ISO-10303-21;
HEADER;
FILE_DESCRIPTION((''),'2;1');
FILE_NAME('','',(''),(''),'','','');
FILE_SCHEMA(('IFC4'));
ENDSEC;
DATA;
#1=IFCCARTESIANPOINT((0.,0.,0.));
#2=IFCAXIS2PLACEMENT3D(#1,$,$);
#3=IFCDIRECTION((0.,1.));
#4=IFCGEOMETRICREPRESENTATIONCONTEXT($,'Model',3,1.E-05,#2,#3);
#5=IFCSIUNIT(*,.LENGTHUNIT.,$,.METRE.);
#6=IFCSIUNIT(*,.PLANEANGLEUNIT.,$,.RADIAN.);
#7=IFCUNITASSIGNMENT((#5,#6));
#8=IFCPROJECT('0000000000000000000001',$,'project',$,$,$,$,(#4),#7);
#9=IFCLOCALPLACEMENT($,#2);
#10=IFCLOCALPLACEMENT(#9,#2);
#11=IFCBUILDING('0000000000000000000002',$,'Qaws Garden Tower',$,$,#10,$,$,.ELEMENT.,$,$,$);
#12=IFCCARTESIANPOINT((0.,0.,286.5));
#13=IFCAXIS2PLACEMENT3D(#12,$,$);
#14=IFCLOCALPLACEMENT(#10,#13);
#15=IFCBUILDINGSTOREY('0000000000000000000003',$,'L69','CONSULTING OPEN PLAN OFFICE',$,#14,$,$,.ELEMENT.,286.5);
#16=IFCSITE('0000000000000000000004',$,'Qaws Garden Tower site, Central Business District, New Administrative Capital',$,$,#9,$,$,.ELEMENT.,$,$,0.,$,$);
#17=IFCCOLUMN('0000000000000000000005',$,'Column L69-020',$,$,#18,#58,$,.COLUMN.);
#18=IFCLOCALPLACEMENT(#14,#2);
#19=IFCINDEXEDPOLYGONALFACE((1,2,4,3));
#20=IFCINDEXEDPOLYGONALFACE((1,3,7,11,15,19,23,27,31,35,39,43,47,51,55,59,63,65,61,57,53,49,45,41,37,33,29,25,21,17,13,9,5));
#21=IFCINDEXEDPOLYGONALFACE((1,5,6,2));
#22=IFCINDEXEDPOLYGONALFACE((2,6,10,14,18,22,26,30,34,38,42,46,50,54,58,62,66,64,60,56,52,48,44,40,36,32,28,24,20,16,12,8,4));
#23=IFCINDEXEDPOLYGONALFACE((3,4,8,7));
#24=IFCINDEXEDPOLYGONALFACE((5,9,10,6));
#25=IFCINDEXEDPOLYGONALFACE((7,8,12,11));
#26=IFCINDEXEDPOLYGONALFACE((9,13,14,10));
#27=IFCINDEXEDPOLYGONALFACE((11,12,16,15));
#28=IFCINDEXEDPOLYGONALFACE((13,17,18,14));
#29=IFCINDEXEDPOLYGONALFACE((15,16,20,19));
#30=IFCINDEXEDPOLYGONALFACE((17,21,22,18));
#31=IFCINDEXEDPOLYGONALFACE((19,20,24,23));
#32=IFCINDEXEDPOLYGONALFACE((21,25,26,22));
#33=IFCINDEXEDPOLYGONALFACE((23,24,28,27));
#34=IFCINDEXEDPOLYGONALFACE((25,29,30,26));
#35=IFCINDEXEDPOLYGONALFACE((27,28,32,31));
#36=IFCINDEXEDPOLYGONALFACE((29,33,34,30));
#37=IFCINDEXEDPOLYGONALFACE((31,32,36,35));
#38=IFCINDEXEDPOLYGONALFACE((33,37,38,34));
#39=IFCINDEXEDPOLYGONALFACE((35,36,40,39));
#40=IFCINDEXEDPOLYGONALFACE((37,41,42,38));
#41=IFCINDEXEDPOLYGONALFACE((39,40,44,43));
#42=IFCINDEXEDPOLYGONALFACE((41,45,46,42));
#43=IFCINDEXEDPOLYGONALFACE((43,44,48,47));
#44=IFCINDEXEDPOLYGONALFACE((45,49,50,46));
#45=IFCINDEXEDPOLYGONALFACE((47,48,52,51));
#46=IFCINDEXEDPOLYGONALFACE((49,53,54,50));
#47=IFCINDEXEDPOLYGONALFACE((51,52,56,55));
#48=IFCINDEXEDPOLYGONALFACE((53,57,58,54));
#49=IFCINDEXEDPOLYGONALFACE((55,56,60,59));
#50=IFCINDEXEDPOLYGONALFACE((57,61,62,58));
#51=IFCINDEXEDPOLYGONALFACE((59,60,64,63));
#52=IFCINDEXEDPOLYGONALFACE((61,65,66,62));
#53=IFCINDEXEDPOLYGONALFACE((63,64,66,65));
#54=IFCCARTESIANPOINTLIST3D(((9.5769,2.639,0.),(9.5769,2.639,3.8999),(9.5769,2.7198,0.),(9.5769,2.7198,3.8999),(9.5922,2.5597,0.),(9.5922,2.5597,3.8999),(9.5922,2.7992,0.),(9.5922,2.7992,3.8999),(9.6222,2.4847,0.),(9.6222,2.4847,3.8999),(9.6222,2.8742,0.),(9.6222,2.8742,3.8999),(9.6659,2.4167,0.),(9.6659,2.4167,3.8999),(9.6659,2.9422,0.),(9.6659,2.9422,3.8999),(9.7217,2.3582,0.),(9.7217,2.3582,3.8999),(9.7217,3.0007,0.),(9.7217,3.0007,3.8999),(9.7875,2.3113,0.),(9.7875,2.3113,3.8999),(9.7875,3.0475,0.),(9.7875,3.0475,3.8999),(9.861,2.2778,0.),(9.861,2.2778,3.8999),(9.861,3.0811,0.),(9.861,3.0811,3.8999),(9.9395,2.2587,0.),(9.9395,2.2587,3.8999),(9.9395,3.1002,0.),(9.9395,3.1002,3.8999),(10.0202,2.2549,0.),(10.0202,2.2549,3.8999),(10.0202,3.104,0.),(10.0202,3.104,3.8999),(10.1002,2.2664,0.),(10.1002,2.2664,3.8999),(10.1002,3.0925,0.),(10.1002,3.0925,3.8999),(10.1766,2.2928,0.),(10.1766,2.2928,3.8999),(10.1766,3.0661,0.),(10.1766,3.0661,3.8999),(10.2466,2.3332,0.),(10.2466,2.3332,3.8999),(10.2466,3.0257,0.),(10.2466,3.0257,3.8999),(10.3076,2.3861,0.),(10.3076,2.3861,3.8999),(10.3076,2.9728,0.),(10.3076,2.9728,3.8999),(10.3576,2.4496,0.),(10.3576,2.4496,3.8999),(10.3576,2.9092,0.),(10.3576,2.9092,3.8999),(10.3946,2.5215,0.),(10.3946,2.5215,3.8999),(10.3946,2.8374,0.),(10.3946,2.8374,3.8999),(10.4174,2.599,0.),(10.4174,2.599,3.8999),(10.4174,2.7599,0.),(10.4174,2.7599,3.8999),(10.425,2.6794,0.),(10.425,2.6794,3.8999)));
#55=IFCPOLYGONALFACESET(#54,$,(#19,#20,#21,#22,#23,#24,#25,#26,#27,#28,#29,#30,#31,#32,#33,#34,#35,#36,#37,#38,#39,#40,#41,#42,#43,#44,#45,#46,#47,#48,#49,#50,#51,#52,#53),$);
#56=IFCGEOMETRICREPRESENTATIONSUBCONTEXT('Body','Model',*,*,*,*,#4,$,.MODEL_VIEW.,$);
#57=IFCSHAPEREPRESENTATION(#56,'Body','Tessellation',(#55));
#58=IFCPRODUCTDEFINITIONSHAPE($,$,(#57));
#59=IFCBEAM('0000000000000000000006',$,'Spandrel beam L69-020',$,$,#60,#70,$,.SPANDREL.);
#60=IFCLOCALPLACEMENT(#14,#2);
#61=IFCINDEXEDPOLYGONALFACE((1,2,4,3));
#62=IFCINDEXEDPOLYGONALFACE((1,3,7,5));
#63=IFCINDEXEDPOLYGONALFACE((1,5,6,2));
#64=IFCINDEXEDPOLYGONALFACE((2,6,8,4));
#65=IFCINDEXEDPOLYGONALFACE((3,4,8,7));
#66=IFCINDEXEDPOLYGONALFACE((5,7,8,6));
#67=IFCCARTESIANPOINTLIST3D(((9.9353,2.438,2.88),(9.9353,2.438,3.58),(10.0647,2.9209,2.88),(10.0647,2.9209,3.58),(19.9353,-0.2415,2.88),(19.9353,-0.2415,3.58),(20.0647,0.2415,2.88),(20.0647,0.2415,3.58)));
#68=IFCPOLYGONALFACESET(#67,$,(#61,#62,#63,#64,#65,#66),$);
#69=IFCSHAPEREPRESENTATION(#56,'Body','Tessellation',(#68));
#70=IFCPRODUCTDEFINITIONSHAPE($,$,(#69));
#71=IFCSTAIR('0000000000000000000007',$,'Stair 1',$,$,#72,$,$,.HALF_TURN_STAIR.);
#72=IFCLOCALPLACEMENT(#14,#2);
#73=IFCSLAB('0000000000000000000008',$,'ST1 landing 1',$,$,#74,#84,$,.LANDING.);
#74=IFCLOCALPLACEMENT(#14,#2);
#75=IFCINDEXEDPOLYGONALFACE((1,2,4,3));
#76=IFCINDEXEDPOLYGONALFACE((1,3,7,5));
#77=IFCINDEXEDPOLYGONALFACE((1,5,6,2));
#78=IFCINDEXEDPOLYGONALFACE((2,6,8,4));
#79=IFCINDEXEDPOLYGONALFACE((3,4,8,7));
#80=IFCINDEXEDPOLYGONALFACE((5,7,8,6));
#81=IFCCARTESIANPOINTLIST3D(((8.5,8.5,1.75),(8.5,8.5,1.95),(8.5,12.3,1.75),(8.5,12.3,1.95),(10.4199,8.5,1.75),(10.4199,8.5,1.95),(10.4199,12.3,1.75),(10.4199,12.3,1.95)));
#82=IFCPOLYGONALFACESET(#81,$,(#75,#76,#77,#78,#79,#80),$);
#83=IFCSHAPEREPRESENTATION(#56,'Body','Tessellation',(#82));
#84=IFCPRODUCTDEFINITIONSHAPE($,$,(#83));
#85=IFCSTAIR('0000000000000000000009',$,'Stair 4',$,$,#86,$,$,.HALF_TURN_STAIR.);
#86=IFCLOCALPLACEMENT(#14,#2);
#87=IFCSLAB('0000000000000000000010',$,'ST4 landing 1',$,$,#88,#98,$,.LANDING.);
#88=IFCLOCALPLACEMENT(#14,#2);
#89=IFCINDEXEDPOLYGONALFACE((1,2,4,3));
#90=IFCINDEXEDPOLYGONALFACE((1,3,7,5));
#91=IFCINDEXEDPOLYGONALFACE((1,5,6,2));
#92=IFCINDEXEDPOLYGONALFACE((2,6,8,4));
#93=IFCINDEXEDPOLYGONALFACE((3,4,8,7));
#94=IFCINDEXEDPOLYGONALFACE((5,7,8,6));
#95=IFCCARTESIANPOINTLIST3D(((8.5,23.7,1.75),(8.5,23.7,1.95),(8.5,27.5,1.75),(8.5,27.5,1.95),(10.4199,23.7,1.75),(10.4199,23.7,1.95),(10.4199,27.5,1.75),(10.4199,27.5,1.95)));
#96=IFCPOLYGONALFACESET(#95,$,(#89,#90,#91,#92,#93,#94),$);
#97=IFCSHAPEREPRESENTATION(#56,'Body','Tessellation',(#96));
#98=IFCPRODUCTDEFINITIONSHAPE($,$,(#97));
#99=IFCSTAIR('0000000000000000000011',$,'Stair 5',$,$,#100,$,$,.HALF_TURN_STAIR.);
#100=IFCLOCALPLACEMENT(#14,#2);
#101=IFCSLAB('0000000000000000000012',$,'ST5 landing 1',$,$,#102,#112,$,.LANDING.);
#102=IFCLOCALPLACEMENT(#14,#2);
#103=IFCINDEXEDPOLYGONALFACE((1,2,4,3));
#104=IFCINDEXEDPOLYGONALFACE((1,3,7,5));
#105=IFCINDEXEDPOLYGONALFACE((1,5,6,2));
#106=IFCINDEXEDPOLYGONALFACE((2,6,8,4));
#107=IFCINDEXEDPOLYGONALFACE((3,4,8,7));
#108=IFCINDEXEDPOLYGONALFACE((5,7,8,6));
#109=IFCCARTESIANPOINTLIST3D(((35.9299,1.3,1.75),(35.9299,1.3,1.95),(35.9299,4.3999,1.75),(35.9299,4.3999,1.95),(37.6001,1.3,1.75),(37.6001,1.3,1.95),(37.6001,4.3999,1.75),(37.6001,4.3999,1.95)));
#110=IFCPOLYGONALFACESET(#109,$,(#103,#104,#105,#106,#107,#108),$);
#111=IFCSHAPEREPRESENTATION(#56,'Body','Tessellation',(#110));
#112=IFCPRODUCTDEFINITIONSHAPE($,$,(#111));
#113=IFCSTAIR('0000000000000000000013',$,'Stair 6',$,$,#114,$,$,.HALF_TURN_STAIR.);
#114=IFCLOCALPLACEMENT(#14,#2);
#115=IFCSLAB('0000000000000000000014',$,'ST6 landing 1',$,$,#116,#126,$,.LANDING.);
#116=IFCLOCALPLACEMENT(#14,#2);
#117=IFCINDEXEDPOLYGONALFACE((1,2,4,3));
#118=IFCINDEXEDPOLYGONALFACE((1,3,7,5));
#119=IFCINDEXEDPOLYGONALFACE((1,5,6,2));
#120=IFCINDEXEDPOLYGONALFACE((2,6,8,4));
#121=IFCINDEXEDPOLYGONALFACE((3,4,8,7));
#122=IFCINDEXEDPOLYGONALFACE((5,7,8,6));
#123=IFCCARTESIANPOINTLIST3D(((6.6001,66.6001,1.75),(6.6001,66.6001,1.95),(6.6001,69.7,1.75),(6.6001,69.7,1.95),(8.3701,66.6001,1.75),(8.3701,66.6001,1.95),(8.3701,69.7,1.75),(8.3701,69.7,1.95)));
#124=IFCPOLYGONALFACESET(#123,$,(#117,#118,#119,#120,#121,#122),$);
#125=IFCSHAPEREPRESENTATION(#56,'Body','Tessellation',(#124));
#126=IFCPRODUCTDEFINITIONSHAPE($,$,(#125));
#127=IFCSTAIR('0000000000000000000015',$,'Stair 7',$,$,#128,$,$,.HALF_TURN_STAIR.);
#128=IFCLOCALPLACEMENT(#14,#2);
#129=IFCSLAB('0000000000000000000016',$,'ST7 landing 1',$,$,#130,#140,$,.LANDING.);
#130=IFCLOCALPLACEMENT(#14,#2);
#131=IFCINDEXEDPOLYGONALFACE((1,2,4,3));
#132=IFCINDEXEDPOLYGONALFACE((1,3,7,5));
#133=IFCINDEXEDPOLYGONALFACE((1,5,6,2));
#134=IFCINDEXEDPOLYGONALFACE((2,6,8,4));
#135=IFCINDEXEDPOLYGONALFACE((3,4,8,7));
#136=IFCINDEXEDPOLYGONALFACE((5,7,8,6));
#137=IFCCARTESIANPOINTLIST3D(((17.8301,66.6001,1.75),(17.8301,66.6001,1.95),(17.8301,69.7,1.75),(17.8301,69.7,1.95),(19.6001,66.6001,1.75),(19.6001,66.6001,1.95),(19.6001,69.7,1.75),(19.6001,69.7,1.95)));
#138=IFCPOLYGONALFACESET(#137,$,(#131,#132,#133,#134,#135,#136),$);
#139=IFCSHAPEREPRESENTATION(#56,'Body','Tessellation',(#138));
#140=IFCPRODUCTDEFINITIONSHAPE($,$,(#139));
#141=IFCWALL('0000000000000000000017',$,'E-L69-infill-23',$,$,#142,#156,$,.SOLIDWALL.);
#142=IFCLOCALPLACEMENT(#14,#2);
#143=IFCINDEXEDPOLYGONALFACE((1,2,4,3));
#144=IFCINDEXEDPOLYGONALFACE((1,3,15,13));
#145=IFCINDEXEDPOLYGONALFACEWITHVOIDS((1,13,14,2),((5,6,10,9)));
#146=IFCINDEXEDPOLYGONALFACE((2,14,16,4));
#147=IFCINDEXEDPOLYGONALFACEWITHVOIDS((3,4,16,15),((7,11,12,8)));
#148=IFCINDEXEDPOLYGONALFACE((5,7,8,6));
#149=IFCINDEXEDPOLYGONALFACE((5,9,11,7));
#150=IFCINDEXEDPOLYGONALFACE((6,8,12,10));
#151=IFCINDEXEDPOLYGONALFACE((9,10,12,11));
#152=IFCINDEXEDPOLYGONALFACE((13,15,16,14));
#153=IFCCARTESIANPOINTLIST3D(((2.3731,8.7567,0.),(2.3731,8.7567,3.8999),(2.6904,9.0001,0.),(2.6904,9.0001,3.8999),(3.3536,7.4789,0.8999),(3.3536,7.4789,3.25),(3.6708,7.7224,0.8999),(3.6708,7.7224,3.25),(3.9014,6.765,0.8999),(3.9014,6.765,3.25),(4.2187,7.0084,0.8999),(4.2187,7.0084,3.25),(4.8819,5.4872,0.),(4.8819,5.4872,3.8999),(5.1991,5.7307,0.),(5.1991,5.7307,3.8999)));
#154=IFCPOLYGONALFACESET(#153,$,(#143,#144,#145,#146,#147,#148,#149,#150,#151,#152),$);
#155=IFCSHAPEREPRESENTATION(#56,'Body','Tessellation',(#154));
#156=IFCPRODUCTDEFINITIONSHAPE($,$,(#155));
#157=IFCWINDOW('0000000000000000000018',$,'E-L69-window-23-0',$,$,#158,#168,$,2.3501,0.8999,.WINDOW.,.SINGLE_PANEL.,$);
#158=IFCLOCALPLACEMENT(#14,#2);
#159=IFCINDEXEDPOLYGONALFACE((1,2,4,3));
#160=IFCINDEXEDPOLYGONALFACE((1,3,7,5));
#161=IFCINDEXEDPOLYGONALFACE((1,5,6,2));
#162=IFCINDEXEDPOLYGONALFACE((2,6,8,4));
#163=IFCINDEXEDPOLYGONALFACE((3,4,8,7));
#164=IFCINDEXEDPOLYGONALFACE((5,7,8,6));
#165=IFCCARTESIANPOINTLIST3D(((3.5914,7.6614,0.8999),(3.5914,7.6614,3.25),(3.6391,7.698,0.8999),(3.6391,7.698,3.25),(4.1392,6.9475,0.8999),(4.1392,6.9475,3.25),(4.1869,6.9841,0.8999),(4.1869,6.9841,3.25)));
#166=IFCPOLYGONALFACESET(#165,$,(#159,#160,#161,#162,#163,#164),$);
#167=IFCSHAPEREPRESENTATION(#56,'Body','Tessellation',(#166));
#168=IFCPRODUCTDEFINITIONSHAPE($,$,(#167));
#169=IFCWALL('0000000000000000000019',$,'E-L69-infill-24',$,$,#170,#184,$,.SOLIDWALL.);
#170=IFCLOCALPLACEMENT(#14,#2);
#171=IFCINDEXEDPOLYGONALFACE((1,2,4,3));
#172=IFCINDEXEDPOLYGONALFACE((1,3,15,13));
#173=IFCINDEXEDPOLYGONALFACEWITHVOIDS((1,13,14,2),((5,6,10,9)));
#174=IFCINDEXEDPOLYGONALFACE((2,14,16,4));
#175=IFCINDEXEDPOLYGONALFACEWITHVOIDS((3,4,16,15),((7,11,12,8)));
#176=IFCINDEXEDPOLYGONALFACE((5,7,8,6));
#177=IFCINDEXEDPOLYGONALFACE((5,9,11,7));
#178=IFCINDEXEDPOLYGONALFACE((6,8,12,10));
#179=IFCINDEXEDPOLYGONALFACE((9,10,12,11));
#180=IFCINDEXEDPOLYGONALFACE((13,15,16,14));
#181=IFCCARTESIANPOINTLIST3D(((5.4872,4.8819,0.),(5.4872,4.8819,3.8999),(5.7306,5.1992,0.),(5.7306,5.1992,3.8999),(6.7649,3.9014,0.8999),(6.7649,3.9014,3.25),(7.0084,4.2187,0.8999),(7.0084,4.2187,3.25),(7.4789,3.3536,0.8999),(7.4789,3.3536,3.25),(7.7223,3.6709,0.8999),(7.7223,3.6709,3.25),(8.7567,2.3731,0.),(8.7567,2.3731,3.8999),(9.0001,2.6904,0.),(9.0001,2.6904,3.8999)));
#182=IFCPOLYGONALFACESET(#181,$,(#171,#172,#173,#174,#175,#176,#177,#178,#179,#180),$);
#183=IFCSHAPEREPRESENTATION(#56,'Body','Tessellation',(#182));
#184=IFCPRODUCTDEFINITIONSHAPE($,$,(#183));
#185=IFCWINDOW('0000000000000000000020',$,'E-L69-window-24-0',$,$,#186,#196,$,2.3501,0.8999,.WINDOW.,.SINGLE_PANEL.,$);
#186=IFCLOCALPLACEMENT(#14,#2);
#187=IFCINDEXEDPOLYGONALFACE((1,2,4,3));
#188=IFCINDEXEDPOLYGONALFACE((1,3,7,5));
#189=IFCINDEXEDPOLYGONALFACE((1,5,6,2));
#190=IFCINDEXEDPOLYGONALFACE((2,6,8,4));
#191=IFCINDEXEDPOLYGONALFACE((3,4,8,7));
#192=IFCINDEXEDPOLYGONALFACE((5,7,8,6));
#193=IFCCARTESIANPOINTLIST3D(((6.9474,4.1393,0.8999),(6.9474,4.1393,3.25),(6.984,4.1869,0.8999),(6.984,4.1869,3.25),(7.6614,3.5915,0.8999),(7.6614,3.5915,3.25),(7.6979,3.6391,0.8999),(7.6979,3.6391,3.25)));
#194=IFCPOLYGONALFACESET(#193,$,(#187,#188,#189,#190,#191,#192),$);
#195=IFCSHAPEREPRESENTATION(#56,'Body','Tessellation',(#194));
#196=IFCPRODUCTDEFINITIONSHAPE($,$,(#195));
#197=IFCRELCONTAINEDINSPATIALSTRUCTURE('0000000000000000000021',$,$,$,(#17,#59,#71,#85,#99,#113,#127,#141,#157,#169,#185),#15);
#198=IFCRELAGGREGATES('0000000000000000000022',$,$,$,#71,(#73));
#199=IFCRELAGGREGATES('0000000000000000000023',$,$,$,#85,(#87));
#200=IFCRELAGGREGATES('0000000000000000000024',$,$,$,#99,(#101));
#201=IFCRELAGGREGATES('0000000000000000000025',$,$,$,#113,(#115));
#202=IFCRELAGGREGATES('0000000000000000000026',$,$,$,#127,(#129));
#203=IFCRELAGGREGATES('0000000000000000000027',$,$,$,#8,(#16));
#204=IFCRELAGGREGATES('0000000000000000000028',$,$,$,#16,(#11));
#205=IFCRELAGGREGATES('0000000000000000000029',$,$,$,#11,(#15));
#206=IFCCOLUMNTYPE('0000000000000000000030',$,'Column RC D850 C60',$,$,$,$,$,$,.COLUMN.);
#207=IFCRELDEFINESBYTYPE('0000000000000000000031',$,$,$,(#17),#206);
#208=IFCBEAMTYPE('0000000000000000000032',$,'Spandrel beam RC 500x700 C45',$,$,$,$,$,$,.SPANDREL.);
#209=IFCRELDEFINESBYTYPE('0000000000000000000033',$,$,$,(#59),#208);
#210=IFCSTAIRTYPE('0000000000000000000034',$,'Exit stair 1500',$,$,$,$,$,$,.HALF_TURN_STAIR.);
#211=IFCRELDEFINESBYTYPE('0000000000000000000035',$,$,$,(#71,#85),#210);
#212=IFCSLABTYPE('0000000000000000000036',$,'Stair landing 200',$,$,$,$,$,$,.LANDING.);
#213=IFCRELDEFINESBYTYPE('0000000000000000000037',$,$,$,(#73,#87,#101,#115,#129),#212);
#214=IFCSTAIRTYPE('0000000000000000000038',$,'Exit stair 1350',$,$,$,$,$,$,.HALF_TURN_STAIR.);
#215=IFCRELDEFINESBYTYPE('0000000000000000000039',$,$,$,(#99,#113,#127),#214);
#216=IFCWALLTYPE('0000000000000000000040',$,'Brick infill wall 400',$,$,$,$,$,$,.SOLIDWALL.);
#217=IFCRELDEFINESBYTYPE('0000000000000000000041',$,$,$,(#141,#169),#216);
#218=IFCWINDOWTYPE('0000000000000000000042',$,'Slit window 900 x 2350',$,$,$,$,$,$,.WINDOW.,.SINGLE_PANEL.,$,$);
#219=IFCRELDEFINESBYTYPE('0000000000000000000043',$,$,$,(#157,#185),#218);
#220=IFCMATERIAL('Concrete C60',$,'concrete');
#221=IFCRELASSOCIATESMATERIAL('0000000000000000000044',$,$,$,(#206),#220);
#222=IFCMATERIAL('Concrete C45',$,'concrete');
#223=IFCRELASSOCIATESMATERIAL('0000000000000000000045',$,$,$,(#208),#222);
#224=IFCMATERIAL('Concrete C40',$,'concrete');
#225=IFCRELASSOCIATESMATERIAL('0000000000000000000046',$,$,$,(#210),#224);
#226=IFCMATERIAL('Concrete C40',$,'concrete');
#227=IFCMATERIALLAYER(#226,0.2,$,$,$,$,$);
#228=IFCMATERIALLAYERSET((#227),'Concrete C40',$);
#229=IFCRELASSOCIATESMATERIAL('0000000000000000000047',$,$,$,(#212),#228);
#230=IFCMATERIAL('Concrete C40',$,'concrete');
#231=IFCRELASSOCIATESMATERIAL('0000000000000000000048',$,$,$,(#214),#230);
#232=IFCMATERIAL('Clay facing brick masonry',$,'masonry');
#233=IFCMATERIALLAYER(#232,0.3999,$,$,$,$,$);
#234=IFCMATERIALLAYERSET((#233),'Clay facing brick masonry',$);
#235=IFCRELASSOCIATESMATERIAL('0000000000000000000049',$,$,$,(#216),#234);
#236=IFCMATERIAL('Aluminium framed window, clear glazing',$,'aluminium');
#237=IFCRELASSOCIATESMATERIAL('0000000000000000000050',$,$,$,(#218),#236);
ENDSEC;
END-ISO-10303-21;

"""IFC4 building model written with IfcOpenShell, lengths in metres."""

from ifc_helpers import new_model, si_unit, direction, frame, frame_2d, origin, origin_2d, place, context, subcontext, project, spatial, polyline, rectangle, circle, outline, extrude, material, layer, layer_set, material_profile, profile_set, type_object, element, fill, aggregate, save


model = new_model("IFC4")

# Units and contexts
model_context = context("Model", 3, precision=1e-05, world=origin(), true_north=direction((0.0, 1.0)))
body_context = subcontext(model_context, "Body", "Model", "MODEL_VIEW")
ifc_project = project(units=[si_unit("LENGTHUNIT", "METRE"), si_unit("PLANEANGLEUNIT", "RADIAN")], contexts=[model_context])

# Site, building, storey
site_placement = place(None, origin())
site = spatial("IfcSite", under=ifc_project, at=site_placement, Name="Qaws Garden Tower site, Central Business District, New Administrative Capital", CompositionType="ELEMENT", RefElevation=0.0)
building_placement = place(site_placement, origin())
building = spatial("IfcBuilding", under=site, at=building_placement, Name="Qaws Garden Tower", CompositionType="ELEMENT")
storey_placement = place(building_placement, frame((0.0, 0.0, 286.5)))
storey = spatial("IfcBuildingStorey", under=building, at=storey_placement, Name="L69", Description="CONSULTING OPEN PLAN OFFICE", CompositionType="ELEMENT", Elevation=286.5)

# Column
ifc_material_1 = material(Name="Concrete C60", Category="concrete")
ifc_material_profile_1 = material_profile(ifc_material_1, circle(Radius=0.425, at=origin_2d()), Name="RC D850")
ifc_profile_set_1 = profile_set([ifc_material_profile_1], Name="Concrete C60")
column_type = type_object("IfcColumnType", Name="Column RC D850 C60", PredefinedType="COLUMN", material=ifc_profile_set_1)
column_placement = place(storey_placement, frame((10.0, 2.6794, 0.0), z_axis=(0.0, 0.0, 1.0), x_axis=(1.0, 0.0, 0.0)))
element("IfcColumn", 1, at=column_placement, inside=storey, type_object=column_type, Name="Column L69-020", PredefinedType="COLUMN", context=body_context, shape_type="SweptSolid", body=[
    extrude(circle(Radius=0.425, at=origin_2d()), origin(), (0.0, 0.0, 1.0), 3.8999),
])

# Beam
ifc_material_2 = material(Name="Concrete C45", Category="concrete")
ifc_material_profile_2 = material_profile(ifc_material_2, rectangle(XDim=0.5, YDim=0.7, at=origin_2d()), Name="RC 500x700")
ifc_profile_set_2 = profile_set([ifc_material_profile_2], Name="Concrete C45")
beam_type = type_object("IfcBeamType", Name="Spandrel beam RC 500x700 C45", PredefinedType="SPANDREL", material=ifc_profile_set_2)
beam_placement = place(storey_placement, frame((10.0, 2.6794, 3.23), z_axis=(0.965927, -0.258815, 0.0), x_axis=(0.258815, 0.965927, 0.0)))
element("IfcBeam", 2, at=beam_placement, inside=storey, type_object=beam_type, Name="Spandrel beam L69-020", PredefinedType="SPANDREL", context=body_context, shape_type="SweptSolid", body=[
    extrude(rectangle(XDim=0.5, YDim=0.7, at=origin_2d()), origin(), (0.0, 0.0, 1.0), 10.3528),
])

# Stairs, slabs
ifc_material_3 = material(Name="Concrete C40", Category="concrete")
stair_type_1 = type_object("IfcStairType", Name="Exit stair 1500", PredefinedType="HALF_TURN_STAIR", material=ifc_material_3)
placement_1 = place(storey_placement, origin())
stair_1 = element("IfcStair", 3, at=placement_1, inside=storey, type_object=stair_type_1, Name="Stair 1", PredefinedType="HALF_TURN_STAIR")
ifc_material_4 = material(Name="Concrete C40", Category="concrete")
ifc_layer_1 = layer(ifc_material_4, 0.2)
ifc_layer_set_1 = layer_set([ifc_layer_1], Name="Concrete C40")
slab_type = type_object("IfcSlabType", Name="Stair landing 200", PredefinedType="LANDING", material=ifc_layer_set_1)
placement_2 = place(storey_placement, frame((0.0, 0.0, 1.75)))
slab_1 = element("IfcSlab", 4, at=placement_2, type_object=slab_type, Name="ST1 landing 1", PredefinedType="LANDING", context=body_context, shape_type="SweptSolid", body=[
    extrude(outline(polyline([(8.5, 8.5), (10.4199, 8.5), (10.4199, 12.3), (8.5, 12.3), (8.5, 8.5)])), origin(), (0.0, 0.0, 1.0), 0.2),
])
aggregate(stair_1, [slab_1])
stair_2 = element("IfcStair", 5, at=placement_1, inside=storey, type_object=stair_type_1, Name="Stair 4", PredefinedType="HALF_TURN_STAIR")
slab_2 = element("IfcSlab", 6, at=placement_2, type_object=slab_type, Name="ST4 landing 1", PredefinedType="LANDING", context=body_context, shape_type="SweptSolid", body=[
    extrude(outline(polyline([(8.5, 23.7), (10.4199, 23.7), (10.4199, 27.5), (8.5, 27.5), (8.5, 23.7)])), origin(), (0.0, 0.0, 1.0), 0.2),
])
aggregate(stair_2, [slab_2])
ifc_material_5 = material(Name="Concrete C40", Category="concrete")
stair_type_2 = type_object("IfcStairType", Name="Exit stair 1350", PredefinedType="HALF_TURN_STAIR", material=ifc_material_5)
stair_3 = element("IfcStair", 7, at=placement_1, inside=storey, type_object=stair_type_2, Name="Stair 5", PredefinedType="HALF_TURN_STAIR")
slab_3 = element("IfcSlab", 8, at=placement_2, type_object=slab_type, Name="ST5 landing 1", PredefinedType="LANDING", context=body_context, shape_type="SweptSolid", body=[
    extrude(outline(polyline([(35.9299, 1.3), (37.6001, 1.3), (37.6001, 4.3999), (35.9299, 4.3999), (35.9299, 1.3)])), origin(), (0.0, 0.0, 1.0), 0.2),
])
aggregate(stair_3, [slab_3])
stair_4 = element("IfcStair", 9, at=placement_1, inside=storey, type_object=stair_type_2, Name="Stair 6", PredefinedType="HALF_TURN_STAIR")
slab_4 = element("IfcSlab", 10, at=placement_2, type_object=slab_type, Name="ST6 landing 1", PredefinedType="LANDING", context=body_context, shape_type="SweptSolid", body=[
    extrude(outline(polyline([(6.6001, 66.6001), (8.3701, 66.6001), (8.3701, 69.7), (6.6001, 69.7), (6.6001, 66.6001)])), origin(), (0.0, 0.0, 1.0), 0.2),
])
aggregate(stair_4, [slab_4])
stair_5 = element("IfcStair", 11, at=placement_1, inside=storey, type_object=stair_type_2, Name="Stair 7", PredefinedType="HALF_TURN_STAIR")
slab_5 = element("IfcSlab", 12, at=placement_2, type_object=slab_type, Name="ST7 landing 1", PredefinedType="LANDING", context=body_context, shape_type="SweptSolid", body=[
    extrude(outline(polyline([(17.8301, 66.6001), (19.6001, 66.6001), (19.6001, 69.7), (17.8301, 69.7), (17.8301, 66.6001)])), origin(), (0.0, 0.0, 1.0), 0.2),
])
aggregate(stair_5, [slab_5])

# Walls, openings, windows
ifc_material_6 = material(Name="Clay facing brick masonry", Category="masonry")
ifc_layer_2 = layer(ifc_material_6, 0.3999)
ifc_layer_set_2 = layer_set([ifc_layer_2], Name="Clay facing brick masonry")
wall_type_1 = type_object("IfcWallType", Name="Brick infill wall 400", PredefinedType="SOLIDWALL", material=ifc_layer_set_2)
wall_1_placement = place(storey_placement, frame((2.5317, 8.8784, 0.0), z_axis=(0.0, 0.0, 1.0), x_axis=(0.60876, -0.793355, 0.0)))
wall_1 = element("IfcWall", 13, at=wall_1_placement, inside=storey, type_object=wall_type_1, Name="E-L69-infill-23", PredefinedType="SOLIDWALL", context=body_context, shape_type="SweptSolid", body=[
    extrude(rectangle(XDim=4.1211, YDim=0.3999, at=frame_2d((2.0605, 0.0))), origin(), (0.0, 0.0, 1.0), 3.8999),
])
opening_1_placement = place(wall_1_placement, frame((1.6106, 0.0, 0.8999)))
opening_1 = element("IfcOpeningElement", 14, at=opening_1_placement, cuts=wall_1, PredefinedType="OPENING", context=body_context, shape_type="SweptSolid", body=[
    extrude(rectangle(XDim=0.8999, YDim=2.3501, at=frame_2d((0.45, 1.175))), frame((0.0, 0.21, 0.0), z_axis=(0.0, -1.0, 0.0), x_axis=(1.0, 0.0, 0.0)), (0.0, 0.0, 1.0), 0.4199),
])
ifc_material_7 = material(Name="Aluminium framed window, clear glazing", Category="aluminium")
window_type = type_object("IfcWindowType", Name="Slit window 900 x 2350", PartitioningType="SINGLE_PANEL", PredefinedType="WINDOW", material=ifc_material_7)
window_1_placement = place(opening_1_placement, origin())
window_1 = element("IfcWindow", 15, at=window_1_placement, inside=storey, type_object=window_type, Name="E-L69-window-23-0", OverallHeight=2.3501, OverallWidth=0.8999, PartitioningType="SINGLE_PANEL", PredefinedType="WINDOW", context=body_context, shape_type="SweptSolid", body=[
    extrude(rectangle(XDim=0.8999, YDim=2.3501, at=frame_2d((0.45, 1.175))), frame((0.0, 0.1599, 0.0), z_axis=(0.0, -1.0, 0.0), x_axis=(1.0, 0.0, 0.0)), (0.0, 0.0, 1.0), 0.0601),
])
fill(opening_1, window_1)
wall_2_placement = place(storey_placement, frame((5.6089, 5.0405, 0.0), z_axis=(0.0, 0.0, 1.0), x_axis=(0.793355, -0.60876, 0.0)))
wall_2 = element("IfcWall", 16, at=wall_2_placement, inside=storey, type_object=wall_type_1, Name="E-L69-infill-24", PredefinedType="SOLIDWALL", context=body_context, shape_type="SweptSolid", body=[
    extrude(rectangle(XDim=4.1211, YDim=0.3999, at=frame_2d((2.0605, 0.0))), origin(), (0.0, 0.0, 1.0), 3.8999),
])
opening_2_placement = place(wall_2_placement, frame((1.6106, 0.0, 0.8999)))
opening_2 = element("IfcOpeningElement", 17, at=opening_2_placement, cuts=wall_2, PredefinedType="OPENING", context=body_context, shape_type="SweptSolid", body=[
    extrude(rectangle(XDim=0.8999, YDim=2.3501, at=frame_2d((0.45, 1.175))), frame((0.0, 0.21, 0.0), z_axis=(0.0, -1.0, 0.0), x_axis=(1.0, 0.0, 0.0)), (0.0, 0.0, 1.0), 0.4199),
])
window_2_placement = place(opening_2_placement, origin())
window_2 = element("IfcWindow", 18, at=window_2_placement, inside=storey, type_object=window_type, Name="E-L69-window-24-0", OverallHeight=2.3501, OverallWidth=0.8999, PartitioningType="SINGLE_PANEL", PredefinedType="WINDOW", context=body_context, shape_type="SweptSolid", body=[
    extrude(rectangle(XDim=0.8999, YDim=2.3501, at=frame_2d((0.45, 1.175))), frame((0.0, 0.1599, 0.0), z_axis=(0.0, -1.0, 0.0), x_axis=(1.0, 0.0, 0.0)), (0.0, 0.0, 1.0), 0.0601),
])
fill(opening_2, window_2)

save(model, "model.ifc")
